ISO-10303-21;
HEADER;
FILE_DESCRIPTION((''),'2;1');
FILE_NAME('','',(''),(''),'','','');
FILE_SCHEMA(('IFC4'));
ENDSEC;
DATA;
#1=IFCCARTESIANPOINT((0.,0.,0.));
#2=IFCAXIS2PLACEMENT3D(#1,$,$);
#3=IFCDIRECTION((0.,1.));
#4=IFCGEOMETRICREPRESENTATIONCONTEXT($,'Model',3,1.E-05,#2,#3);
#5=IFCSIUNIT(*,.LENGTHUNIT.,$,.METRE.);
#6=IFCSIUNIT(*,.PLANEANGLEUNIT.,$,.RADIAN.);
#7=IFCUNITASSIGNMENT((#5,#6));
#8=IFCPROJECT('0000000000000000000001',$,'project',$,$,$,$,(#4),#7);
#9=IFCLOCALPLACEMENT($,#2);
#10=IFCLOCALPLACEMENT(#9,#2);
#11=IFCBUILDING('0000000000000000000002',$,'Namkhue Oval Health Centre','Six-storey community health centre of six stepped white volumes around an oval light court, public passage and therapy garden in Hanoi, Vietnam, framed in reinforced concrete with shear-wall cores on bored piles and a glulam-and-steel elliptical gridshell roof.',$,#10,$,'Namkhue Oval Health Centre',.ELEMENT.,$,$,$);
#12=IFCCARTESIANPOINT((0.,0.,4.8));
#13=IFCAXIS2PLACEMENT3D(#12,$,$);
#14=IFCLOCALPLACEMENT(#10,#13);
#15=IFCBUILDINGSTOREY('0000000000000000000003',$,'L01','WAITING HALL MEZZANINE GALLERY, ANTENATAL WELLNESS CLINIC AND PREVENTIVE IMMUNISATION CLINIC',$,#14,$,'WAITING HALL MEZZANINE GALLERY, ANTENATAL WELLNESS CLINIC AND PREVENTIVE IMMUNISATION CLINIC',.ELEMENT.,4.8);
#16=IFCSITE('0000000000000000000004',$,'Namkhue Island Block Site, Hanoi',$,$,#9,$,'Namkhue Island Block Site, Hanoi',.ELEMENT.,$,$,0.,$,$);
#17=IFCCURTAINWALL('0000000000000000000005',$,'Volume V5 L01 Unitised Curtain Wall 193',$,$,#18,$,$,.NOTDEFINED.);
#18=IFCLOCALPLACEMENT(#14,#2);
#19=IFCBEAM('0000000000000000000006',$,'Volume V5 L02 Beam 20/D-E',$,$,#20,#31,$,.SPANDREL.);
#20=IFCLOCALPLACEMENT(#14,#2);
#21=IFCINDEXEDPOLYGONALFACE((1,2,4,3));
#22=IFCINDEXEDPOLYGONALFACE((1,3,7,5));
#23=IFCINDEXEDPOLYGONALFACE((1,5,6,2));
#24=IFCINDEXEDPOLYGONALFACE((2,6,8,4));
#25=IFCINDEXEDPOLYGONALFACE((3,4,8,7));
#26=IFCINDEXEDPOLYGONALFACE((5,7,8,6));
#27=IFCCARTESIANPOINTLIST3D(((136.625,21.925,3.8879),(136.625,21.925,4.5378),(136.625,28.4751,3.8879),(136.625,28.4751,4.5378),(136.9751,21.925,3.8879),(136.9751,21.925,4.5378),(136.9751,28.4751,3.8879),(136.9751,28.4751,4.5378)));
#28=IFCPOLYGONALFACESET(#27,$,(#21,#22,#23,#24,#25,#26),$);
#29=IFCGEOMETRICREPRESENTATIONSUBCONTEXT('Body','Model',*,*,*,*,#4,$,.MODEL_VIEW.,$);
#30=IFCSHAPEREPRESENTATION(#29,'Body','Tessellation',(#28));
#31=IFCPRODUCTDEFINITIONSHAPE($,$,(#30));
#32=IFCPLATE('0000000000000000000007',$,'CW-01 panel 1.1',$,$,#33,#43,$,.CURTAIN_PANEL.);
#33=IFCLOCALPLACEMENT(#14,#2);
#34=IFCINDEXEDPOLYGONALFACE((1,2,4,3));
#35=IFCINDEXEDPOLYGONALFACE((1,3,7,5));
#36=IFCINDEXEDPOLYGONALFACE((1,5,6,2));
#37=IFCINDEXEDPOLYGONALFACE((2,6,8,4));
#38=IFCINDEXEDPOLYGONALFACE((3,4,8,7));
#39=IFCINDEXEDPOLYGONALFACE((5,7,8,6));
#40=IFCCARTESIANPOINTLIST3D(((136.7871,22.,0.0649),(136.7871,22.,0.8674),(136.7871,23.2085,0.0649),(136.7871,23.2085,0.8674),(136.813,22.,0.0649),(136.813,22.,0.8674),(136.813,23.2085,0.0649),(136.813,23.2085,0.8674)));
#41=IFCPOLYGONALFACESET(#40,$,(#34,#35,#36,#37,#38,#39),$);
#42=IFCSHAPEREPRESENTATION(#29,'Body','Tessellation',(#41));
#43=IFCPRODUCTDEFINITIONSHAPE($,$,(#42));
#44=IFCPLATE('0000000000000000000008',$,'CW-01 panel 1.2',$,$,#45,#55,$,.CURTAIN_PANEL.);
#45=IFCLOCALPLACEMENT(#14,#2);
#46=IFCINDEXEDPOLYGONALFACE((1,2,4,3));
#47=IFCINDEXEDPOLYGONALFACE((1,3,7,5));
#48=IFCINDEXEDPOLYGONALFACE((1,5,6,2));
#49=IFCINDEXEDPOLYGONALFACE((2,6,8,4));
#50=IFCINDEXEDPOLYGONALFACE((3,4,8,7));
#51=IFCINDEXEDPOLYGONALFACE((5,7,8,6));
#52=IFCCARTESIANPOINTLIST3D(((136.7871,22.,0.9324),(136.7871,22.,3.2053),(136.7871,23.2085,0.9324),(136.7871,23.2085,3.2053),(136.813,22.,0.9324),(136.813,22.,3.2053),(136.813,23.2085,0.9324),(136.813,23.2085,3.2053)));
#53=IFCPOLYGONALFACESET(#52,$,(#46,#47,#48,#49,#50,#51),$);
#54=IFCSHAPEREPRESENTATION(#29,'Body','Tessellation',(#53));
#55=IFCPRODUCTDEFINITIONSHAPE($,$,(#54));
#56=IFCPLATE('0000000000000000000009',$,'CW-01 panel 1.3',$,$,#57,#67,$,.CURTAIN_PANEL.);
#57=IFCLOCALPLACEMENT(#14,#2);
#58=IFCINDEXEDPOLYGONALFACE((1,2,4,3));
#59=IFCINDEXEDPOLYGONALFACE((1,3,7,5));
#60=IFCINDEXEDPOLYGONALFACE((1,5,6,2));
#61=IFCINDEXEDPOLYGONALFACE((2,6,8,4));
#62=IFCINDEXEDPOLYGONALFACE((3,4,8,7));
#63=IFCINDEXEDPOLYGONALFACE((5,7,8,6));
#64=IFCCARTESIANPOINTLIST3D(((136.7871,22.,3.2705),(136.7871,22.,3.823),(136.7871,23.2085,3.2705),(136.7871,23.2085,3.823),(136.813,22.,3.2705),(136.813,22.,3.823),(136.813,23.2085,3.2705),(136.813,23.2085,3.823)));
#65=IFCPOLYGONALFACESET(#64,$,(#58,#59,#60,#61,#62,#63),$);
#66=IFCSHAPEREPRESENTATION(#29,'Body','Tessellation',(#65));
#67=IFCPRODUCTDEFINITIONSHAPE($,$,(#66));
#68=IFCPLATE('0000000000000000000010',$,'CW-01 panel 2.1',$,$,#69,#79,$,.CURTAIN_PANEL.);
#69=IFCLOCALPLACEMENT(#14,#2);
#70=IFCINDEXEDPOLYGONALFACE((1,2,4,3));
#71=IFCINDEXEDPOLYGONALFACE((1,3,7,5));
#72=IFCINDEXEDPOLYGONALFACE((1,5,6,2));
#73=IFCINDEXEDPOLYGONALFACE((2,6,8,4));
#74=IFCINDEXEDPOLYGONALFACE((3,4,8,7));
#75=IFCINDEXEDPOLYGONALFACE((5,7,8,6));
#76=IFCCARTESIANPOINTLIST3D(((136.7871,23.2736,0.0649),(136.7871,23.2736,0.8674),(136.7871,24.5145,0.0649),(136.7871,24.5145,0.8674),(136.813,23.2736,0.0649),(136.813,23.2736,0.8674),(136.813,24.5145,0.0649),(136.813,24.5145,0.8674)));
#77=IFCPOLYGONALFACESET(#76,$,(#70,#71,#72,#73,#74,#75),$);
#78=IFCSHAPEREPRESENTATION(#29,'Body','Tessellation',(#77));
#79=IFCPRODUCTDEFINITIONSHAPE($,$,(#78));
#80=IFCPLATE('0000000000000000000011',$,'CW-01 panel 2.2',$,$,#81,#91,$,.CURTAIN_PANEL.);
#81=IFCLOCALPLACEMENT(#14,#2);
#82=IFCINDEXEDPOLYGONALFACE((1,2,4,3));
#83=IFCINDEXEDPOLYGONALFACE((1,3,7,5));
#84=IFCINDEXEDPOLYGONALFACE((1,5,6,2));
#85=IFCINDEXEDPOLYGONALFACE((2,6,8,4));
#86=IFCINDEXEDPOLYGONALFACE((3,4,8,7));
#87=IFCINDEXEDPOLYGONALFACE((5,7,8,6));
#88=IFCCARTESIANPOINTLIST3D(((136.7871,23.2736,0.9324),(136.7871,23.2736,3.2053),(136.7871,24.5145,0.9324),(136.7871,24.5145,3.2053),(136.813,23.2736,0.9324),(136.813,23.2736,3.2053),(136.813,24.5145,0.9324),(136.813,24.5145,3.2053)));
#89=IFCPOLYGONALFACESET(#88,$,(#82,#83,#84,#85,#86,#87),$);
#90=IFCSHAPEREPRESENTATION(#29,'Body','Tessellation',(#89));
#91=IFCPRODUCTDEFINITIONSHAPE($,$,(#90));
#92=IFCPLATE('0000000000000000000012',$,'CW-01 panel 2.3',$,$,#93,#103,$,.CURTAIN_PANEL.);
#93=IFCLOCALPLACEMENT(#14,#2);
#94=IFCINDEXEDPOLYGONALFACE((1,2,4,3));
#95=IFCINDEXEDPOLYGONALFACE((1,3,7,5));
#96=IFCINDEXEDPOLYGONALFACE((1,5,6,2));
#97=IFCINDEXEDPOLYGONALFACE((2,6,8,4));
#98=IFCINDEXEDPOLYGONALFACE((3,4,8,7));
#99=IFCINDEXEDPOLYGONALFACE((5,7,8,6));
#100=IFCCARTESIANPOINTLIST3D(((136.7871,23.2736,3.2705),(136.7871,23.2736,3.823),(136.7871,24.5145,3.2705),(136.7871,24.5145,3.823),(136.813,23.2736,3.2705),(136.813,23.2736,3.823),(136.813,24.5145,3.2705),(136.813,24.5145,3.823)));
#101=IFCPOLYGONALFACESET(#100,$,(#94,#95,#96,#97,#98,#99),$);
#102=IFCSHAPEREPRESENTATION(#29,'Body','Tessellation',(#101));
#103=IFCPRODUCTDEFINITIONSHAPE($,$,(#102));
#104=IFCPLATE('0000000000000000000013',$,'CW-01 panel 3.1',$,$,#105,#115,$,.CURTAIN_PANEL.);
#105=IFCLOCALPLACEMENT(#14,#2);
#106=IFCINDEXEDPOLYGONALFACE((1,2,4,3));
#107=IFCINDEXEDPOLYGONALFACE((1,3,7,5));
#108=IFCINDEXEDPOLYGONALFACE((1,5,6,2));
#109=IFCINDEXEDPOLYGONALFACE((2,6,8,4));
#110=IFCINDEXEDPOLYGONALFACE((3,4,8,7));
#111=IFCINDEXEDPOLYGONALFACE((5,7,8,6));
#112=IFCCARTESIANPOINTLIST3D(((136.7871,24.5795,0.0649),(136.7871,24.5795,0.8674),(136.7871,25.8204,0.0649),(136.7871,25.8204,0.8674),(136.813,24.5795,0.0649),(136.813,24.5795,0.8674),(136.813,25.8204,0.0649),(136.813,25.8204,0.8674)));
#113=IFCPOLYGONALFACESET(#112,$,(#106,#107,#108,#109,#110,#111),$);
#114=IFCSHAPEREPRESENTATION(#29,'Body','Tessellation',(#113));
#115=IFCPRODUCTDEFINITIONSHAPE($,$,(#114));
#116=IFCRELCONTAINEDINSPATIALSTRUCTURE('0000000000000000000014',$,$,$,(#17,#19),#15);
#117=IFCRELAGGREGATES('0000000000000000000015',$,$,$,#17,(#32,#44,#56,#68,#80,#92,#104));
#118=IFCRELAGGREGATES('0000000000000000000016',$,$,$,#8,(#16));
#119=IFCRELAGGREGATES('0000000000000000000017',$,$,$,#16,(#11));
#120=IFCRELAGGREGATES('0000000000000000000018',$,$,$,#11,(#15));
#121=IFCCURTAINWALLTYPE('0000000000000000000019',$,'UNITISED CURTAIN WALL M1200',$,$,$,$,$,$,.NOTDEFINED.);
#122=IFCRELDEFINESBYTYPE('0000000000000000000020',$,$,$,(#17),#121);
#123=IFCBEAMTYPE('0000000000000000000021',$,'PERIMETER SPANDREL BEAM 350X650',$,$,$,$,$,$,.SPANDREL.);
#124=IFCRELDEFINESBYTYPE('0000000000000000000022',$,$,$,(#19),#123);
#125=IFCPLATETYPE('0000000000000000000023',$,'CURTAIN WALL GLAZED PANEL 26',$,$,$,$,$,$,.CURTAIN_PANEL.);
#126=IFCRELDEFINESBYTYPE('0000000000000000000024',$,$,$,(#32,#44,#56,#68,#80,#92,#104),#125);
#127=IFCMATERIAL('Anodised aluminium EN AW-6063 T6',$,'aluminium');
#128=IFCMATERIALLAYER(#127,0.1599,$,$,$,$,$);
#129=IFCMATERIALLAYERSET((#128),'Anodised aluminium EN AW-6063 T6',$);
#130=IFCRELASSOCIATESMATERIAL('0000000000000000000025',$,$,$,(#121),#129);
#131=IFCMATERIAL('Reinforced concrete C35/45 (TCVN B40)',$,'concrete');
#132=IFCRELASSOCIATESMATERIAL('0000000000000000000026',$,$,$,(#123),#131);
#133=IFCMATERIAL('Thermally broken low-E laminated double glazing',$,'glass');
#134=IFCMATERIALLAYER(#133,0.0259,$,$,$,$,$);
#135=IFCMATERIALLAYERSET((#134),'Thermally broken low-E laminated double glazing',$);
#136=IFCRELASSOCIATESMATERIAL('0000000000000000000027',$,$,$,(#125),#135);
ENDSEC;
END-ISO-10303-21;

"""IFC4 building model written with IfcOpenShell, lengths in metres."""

from ifc_helpers import new_model, si_unit, direction, frame, origin, origin_2d, place, context, subcontext, project, spatial, rectangle, extrude, material, layer, layer_set, material_profile, profile_set, type_object, element, aggregate, save


model = new_model("IFC4")

# Units and contexts
model_context = context("Model", 3, precision=1e-05, world=origin(), true_north=direction((0.0, 1.0)))
body_context = subcontext(model_context, "Body", "Model", "MODEL_VIEW")
ifc_project = project(units=[si_unit("LENGTHUNIT", "METRE"), si_unit("PLANEANGLEUNIT", "RADIAN")], contexts=[model_context])

# Site, building, storey
site_placement = place(None, origin())
site = spatial("IfcSite", under=ifc_project, at=site_placement, Name="Namkhue Island Block Site, Hanoi", LongName="Namkhue Island Block Site, Hanoi", CompositionType="ELEMENT", RefElevation=0.0)
building_placement = place(site_placement, origin())
building = spatial("IfcBuilding", under=site, at=building_placement, Name="Namkhue Oval Health Centre", Description="Six-storey community health centre of six stepped white volumes around an oval light court, public passage and therapy garden in Hanoi, Vietnam, framed in reinforced concrete with shear-wall cores on bored piles and a glulam-and-steel elliptical gridshell roof.", LongName="Namkhue Oval Health Centre", CompositionType="ELEMENT")
storey_placement = place(building_placement, frame((0.0, 0.0, 4.8)))
storey = spatial("IfcBuildingStorey", under=building, at=storey_placement, Name="L01", Description="WAITING HALL MEZZANINE GALLERY, ANTENATAL WELLNESS CLINIC AND PREVENTIVE IMMUNISATION CLINIC", LongName="WAITING HALL MEZZANINE GALLERY, ANTENATAL WELLNESS CLINIC AND PREVENTIVE IMMUNISATION CLINIC", CompositionType="ELEMENT", Elevation=4.8)

# Curtain wall
ifc_material_1 = material(Name="Anodised aluminium EN AW-6063 T6", Category="aluminium")
ifc_layer_1 = layer(ifc_material_1, 0.1599)
ifc_layer_set_1 = layer_set([ifc_layer_1], Name="Anodised aluminium EN AW-6063 T6")
curtain_wall_type = type_object("IfcCurtainWallType", Name="UNITISED CURTAIN WALL M1200", PredefinedType="NOTDEFINED", material=ifc_layer_set_1)
curtain_wall_placement = place(storey_placement, origin())
curtain_wall = element("IfcCurtainWall", 1, at=curtain_wall_placement, inside=storey, type_object=curtain_wall_type, Name="Volume V5 L01 Unitised Curtain Wall 193", PredefinedType="NOTDEFINED")

# Beam
ifc_material_2 = material(Name="Reinforced concrete C35/45 (TCVN B40)", Category="concrete")
ifc_material_profile_1 = material_profile(ifc_material_2, rectangle(XDim=0.3501, YDim=0.6499, at=origin_2d()), Name="RC 350x650")
ifc_profile_set_1 = profile_set([ifc_material_profile_1], Name="Reinforced concrete C35/45 (TCVN B40)")
beam_type = type_object("IfcBeamType", Name="PERIMETER SPANDREL BEAM 350X650", PredefinedType="SPANDREL", material=ifc_profile_set_1)
beam_placement = place(storey_placement, frame((136.8, 21.925, 4.2129), z_axis=(0.0, 1.0, 0.0), x_axis=(-1.0, 0.0, 0.0)))
element("IfcBeam", 2, at=beam_placement, inside=storey, type_object=beam_type, Name="Volume V5 L02 Beam 20/D-E", PredefinedType="SPANDREL", context=body_context, shape_type="SweptSolid", body=[
    extrude(rectangle(XDim=0.3501, YDim=0.6499, at=origin_2d()), origin(), (0.0, 0.0, 1.0), 6.55),
])

# Plates
ifc_material_3 = material(Name="Thermally broken low-E laminated double glazing", Category="glass")
ifc_layer_2 = layer(ifc_material_3, 0.0259)
ifc_layer_set_2 = layer_set([ifc_layer_2], Name="Thermally broken low-E laminated double glazing")
plate_type = type_object("IfcPlateType", Name="CURTAIN WALL GLAZED PANEL 26", PredefinedType="CURTAIN_PANEL", material=ifc_layer_set_2)
plate_1_placement = place(storey_placement, frame((136.8, 22.6042, 0.0649), z_axis=(0.0, 0.0, 1.0), x_axis=(0.0, 1.0, 0.0)))
plate_1 = element("IfcPlate", 3, at=plate_1_placement, type_object=plate_type, Name="CW-01 panel 1.1", PredefinedType="CURTAIN_PANEL", context=body_context, shape_type="SweptSolid", body=[
    extrude(rectangle(XDim=1.2085, YDim=0.0259, at=origin_2d()), origin(), (0.0, 0.0, 1.0), 0.8025),
])
plate_2_placement = place(storey_placement, frame((136.8, 22.6042, 0.9324), z_axis=(0.0, 0.0, 1.0), x_axis=(0.0, 1.0, 0.0)))
plate_2 = element("IfcPlate", 4, at=plate_2_placement, type_object=plate_type, Name="CW-01 panel 1.2", PredefinedType="CURTAIN_PANEL", context=body_context, shape_type="SweptSolid", body=[
    extrude(rectangle(XDim=1.2085, YDim=0.0259, at=origin_2d()), origin(), (0.0, 0.0, 1.0), 2.2729),
])
plate_3_placement = place(storey_placement, frame((136.8, 22.6042, 3.2705), z_axis=(0.0, 0.0, 1.0), x_axis=(0.0, 1.0, 0.0)))
plate_3 = element("IfcPlate", 5, at=plate_3_placement, type_object=plate_type, Name="CW-01 panel 1.3", PredefinedType="CURTAIN_PANEL", context=body_context, shape_type="SweptSolid", body=[
    extrude(rectangle(XDim=1.2085, YDim=0.0259, at=origin_2d()), origin(), (0.0, 0.0, 1.0), 0.5525),
])
plate_4_placement = place(storey_placement, frame((136.8, 23.894, 0.0649), z_axis=(0.0, 0.0, 1.0), x_axis=(0.0, 1.0, 0.0)))
plate_4 = element("IfcPlate", 6, at=plate_4_placement, type_object=plate_type, Name="CW-01 panel 2.1", PredefinedType="CURTAIN_PANEL", context=body_context, shape_type="SweptSolid", body=[
    extrude(rectangle(XDim=1.241, YDim=0.0259, at=origin_2d()), origin(), (0.0, 0.0, 1.0), 0.8025),
])
plate_5_placement = place(storey_placement, frame((136.8, 23.894, 0.9324), z_axis=(0.0, 0.0, 1.0), x_axis=(0.0, 1.0, 0.0)))
plate_5 = element("IfcPlate", 7, at=plate_5_placement, type_object=plate_type, Name="CW-01 panel 2.2", PredefinedType="CURTAIN_PANEL", context=body_context, shape_type="SweptSolid", body=[
    extrude(rectangle(XDim=1.241, YDim=0.0259, at=origin_2d()), origin(), (0.0, 0.0, 1.0), 2.2729),
])
plate_6_placement = place(storey_placement, frame((136.8, 23.894, 3.2705), z_axis=(0.0, 0.0, 1.0), x_axis=(0.0, 1.0, 0.0)))
plate_6 = element("IfcPlate", 8, at=plate_6_placement, type_object=plate_type, Name="CW-01 panel 2.3", PredefinedType="CURTAIN_PANEL", context=body_context, shape_type="SweptSolid", body=[
    extrude(rectangle(XDim=1.241, YDim=0.0259, at=origin_2d()), origin(), (0.0, 0.0, 1.0), 0.5525),
])
plate_7_placement = place(storey_placement, frame((136.8, 25.2, 0.0649), z_axis=(0.0, 0.0, 1.0), x_axis=(0.0, 1.0, 0.0)))
plate_7 = element("IfcPlate", 9, at=plate_7_placement, type_object=plate_type, Name="CW-01 panel 3.1", PredefinedType="CURTAIN_PANEL", context=body_context, shape_type="SweptSolid", body=[
    extrude(rectangle(XDim=1.241, YDim=0.0259, at=origin_2d()), origin(), (0.0, 0.0, 1.0), 0.8025),
])
aggregate(curtain_wall, [plate_1, plate_2, plate_3, plate_4, plate_5, plate_6, plate_7])

save(model, "model.ifc")
